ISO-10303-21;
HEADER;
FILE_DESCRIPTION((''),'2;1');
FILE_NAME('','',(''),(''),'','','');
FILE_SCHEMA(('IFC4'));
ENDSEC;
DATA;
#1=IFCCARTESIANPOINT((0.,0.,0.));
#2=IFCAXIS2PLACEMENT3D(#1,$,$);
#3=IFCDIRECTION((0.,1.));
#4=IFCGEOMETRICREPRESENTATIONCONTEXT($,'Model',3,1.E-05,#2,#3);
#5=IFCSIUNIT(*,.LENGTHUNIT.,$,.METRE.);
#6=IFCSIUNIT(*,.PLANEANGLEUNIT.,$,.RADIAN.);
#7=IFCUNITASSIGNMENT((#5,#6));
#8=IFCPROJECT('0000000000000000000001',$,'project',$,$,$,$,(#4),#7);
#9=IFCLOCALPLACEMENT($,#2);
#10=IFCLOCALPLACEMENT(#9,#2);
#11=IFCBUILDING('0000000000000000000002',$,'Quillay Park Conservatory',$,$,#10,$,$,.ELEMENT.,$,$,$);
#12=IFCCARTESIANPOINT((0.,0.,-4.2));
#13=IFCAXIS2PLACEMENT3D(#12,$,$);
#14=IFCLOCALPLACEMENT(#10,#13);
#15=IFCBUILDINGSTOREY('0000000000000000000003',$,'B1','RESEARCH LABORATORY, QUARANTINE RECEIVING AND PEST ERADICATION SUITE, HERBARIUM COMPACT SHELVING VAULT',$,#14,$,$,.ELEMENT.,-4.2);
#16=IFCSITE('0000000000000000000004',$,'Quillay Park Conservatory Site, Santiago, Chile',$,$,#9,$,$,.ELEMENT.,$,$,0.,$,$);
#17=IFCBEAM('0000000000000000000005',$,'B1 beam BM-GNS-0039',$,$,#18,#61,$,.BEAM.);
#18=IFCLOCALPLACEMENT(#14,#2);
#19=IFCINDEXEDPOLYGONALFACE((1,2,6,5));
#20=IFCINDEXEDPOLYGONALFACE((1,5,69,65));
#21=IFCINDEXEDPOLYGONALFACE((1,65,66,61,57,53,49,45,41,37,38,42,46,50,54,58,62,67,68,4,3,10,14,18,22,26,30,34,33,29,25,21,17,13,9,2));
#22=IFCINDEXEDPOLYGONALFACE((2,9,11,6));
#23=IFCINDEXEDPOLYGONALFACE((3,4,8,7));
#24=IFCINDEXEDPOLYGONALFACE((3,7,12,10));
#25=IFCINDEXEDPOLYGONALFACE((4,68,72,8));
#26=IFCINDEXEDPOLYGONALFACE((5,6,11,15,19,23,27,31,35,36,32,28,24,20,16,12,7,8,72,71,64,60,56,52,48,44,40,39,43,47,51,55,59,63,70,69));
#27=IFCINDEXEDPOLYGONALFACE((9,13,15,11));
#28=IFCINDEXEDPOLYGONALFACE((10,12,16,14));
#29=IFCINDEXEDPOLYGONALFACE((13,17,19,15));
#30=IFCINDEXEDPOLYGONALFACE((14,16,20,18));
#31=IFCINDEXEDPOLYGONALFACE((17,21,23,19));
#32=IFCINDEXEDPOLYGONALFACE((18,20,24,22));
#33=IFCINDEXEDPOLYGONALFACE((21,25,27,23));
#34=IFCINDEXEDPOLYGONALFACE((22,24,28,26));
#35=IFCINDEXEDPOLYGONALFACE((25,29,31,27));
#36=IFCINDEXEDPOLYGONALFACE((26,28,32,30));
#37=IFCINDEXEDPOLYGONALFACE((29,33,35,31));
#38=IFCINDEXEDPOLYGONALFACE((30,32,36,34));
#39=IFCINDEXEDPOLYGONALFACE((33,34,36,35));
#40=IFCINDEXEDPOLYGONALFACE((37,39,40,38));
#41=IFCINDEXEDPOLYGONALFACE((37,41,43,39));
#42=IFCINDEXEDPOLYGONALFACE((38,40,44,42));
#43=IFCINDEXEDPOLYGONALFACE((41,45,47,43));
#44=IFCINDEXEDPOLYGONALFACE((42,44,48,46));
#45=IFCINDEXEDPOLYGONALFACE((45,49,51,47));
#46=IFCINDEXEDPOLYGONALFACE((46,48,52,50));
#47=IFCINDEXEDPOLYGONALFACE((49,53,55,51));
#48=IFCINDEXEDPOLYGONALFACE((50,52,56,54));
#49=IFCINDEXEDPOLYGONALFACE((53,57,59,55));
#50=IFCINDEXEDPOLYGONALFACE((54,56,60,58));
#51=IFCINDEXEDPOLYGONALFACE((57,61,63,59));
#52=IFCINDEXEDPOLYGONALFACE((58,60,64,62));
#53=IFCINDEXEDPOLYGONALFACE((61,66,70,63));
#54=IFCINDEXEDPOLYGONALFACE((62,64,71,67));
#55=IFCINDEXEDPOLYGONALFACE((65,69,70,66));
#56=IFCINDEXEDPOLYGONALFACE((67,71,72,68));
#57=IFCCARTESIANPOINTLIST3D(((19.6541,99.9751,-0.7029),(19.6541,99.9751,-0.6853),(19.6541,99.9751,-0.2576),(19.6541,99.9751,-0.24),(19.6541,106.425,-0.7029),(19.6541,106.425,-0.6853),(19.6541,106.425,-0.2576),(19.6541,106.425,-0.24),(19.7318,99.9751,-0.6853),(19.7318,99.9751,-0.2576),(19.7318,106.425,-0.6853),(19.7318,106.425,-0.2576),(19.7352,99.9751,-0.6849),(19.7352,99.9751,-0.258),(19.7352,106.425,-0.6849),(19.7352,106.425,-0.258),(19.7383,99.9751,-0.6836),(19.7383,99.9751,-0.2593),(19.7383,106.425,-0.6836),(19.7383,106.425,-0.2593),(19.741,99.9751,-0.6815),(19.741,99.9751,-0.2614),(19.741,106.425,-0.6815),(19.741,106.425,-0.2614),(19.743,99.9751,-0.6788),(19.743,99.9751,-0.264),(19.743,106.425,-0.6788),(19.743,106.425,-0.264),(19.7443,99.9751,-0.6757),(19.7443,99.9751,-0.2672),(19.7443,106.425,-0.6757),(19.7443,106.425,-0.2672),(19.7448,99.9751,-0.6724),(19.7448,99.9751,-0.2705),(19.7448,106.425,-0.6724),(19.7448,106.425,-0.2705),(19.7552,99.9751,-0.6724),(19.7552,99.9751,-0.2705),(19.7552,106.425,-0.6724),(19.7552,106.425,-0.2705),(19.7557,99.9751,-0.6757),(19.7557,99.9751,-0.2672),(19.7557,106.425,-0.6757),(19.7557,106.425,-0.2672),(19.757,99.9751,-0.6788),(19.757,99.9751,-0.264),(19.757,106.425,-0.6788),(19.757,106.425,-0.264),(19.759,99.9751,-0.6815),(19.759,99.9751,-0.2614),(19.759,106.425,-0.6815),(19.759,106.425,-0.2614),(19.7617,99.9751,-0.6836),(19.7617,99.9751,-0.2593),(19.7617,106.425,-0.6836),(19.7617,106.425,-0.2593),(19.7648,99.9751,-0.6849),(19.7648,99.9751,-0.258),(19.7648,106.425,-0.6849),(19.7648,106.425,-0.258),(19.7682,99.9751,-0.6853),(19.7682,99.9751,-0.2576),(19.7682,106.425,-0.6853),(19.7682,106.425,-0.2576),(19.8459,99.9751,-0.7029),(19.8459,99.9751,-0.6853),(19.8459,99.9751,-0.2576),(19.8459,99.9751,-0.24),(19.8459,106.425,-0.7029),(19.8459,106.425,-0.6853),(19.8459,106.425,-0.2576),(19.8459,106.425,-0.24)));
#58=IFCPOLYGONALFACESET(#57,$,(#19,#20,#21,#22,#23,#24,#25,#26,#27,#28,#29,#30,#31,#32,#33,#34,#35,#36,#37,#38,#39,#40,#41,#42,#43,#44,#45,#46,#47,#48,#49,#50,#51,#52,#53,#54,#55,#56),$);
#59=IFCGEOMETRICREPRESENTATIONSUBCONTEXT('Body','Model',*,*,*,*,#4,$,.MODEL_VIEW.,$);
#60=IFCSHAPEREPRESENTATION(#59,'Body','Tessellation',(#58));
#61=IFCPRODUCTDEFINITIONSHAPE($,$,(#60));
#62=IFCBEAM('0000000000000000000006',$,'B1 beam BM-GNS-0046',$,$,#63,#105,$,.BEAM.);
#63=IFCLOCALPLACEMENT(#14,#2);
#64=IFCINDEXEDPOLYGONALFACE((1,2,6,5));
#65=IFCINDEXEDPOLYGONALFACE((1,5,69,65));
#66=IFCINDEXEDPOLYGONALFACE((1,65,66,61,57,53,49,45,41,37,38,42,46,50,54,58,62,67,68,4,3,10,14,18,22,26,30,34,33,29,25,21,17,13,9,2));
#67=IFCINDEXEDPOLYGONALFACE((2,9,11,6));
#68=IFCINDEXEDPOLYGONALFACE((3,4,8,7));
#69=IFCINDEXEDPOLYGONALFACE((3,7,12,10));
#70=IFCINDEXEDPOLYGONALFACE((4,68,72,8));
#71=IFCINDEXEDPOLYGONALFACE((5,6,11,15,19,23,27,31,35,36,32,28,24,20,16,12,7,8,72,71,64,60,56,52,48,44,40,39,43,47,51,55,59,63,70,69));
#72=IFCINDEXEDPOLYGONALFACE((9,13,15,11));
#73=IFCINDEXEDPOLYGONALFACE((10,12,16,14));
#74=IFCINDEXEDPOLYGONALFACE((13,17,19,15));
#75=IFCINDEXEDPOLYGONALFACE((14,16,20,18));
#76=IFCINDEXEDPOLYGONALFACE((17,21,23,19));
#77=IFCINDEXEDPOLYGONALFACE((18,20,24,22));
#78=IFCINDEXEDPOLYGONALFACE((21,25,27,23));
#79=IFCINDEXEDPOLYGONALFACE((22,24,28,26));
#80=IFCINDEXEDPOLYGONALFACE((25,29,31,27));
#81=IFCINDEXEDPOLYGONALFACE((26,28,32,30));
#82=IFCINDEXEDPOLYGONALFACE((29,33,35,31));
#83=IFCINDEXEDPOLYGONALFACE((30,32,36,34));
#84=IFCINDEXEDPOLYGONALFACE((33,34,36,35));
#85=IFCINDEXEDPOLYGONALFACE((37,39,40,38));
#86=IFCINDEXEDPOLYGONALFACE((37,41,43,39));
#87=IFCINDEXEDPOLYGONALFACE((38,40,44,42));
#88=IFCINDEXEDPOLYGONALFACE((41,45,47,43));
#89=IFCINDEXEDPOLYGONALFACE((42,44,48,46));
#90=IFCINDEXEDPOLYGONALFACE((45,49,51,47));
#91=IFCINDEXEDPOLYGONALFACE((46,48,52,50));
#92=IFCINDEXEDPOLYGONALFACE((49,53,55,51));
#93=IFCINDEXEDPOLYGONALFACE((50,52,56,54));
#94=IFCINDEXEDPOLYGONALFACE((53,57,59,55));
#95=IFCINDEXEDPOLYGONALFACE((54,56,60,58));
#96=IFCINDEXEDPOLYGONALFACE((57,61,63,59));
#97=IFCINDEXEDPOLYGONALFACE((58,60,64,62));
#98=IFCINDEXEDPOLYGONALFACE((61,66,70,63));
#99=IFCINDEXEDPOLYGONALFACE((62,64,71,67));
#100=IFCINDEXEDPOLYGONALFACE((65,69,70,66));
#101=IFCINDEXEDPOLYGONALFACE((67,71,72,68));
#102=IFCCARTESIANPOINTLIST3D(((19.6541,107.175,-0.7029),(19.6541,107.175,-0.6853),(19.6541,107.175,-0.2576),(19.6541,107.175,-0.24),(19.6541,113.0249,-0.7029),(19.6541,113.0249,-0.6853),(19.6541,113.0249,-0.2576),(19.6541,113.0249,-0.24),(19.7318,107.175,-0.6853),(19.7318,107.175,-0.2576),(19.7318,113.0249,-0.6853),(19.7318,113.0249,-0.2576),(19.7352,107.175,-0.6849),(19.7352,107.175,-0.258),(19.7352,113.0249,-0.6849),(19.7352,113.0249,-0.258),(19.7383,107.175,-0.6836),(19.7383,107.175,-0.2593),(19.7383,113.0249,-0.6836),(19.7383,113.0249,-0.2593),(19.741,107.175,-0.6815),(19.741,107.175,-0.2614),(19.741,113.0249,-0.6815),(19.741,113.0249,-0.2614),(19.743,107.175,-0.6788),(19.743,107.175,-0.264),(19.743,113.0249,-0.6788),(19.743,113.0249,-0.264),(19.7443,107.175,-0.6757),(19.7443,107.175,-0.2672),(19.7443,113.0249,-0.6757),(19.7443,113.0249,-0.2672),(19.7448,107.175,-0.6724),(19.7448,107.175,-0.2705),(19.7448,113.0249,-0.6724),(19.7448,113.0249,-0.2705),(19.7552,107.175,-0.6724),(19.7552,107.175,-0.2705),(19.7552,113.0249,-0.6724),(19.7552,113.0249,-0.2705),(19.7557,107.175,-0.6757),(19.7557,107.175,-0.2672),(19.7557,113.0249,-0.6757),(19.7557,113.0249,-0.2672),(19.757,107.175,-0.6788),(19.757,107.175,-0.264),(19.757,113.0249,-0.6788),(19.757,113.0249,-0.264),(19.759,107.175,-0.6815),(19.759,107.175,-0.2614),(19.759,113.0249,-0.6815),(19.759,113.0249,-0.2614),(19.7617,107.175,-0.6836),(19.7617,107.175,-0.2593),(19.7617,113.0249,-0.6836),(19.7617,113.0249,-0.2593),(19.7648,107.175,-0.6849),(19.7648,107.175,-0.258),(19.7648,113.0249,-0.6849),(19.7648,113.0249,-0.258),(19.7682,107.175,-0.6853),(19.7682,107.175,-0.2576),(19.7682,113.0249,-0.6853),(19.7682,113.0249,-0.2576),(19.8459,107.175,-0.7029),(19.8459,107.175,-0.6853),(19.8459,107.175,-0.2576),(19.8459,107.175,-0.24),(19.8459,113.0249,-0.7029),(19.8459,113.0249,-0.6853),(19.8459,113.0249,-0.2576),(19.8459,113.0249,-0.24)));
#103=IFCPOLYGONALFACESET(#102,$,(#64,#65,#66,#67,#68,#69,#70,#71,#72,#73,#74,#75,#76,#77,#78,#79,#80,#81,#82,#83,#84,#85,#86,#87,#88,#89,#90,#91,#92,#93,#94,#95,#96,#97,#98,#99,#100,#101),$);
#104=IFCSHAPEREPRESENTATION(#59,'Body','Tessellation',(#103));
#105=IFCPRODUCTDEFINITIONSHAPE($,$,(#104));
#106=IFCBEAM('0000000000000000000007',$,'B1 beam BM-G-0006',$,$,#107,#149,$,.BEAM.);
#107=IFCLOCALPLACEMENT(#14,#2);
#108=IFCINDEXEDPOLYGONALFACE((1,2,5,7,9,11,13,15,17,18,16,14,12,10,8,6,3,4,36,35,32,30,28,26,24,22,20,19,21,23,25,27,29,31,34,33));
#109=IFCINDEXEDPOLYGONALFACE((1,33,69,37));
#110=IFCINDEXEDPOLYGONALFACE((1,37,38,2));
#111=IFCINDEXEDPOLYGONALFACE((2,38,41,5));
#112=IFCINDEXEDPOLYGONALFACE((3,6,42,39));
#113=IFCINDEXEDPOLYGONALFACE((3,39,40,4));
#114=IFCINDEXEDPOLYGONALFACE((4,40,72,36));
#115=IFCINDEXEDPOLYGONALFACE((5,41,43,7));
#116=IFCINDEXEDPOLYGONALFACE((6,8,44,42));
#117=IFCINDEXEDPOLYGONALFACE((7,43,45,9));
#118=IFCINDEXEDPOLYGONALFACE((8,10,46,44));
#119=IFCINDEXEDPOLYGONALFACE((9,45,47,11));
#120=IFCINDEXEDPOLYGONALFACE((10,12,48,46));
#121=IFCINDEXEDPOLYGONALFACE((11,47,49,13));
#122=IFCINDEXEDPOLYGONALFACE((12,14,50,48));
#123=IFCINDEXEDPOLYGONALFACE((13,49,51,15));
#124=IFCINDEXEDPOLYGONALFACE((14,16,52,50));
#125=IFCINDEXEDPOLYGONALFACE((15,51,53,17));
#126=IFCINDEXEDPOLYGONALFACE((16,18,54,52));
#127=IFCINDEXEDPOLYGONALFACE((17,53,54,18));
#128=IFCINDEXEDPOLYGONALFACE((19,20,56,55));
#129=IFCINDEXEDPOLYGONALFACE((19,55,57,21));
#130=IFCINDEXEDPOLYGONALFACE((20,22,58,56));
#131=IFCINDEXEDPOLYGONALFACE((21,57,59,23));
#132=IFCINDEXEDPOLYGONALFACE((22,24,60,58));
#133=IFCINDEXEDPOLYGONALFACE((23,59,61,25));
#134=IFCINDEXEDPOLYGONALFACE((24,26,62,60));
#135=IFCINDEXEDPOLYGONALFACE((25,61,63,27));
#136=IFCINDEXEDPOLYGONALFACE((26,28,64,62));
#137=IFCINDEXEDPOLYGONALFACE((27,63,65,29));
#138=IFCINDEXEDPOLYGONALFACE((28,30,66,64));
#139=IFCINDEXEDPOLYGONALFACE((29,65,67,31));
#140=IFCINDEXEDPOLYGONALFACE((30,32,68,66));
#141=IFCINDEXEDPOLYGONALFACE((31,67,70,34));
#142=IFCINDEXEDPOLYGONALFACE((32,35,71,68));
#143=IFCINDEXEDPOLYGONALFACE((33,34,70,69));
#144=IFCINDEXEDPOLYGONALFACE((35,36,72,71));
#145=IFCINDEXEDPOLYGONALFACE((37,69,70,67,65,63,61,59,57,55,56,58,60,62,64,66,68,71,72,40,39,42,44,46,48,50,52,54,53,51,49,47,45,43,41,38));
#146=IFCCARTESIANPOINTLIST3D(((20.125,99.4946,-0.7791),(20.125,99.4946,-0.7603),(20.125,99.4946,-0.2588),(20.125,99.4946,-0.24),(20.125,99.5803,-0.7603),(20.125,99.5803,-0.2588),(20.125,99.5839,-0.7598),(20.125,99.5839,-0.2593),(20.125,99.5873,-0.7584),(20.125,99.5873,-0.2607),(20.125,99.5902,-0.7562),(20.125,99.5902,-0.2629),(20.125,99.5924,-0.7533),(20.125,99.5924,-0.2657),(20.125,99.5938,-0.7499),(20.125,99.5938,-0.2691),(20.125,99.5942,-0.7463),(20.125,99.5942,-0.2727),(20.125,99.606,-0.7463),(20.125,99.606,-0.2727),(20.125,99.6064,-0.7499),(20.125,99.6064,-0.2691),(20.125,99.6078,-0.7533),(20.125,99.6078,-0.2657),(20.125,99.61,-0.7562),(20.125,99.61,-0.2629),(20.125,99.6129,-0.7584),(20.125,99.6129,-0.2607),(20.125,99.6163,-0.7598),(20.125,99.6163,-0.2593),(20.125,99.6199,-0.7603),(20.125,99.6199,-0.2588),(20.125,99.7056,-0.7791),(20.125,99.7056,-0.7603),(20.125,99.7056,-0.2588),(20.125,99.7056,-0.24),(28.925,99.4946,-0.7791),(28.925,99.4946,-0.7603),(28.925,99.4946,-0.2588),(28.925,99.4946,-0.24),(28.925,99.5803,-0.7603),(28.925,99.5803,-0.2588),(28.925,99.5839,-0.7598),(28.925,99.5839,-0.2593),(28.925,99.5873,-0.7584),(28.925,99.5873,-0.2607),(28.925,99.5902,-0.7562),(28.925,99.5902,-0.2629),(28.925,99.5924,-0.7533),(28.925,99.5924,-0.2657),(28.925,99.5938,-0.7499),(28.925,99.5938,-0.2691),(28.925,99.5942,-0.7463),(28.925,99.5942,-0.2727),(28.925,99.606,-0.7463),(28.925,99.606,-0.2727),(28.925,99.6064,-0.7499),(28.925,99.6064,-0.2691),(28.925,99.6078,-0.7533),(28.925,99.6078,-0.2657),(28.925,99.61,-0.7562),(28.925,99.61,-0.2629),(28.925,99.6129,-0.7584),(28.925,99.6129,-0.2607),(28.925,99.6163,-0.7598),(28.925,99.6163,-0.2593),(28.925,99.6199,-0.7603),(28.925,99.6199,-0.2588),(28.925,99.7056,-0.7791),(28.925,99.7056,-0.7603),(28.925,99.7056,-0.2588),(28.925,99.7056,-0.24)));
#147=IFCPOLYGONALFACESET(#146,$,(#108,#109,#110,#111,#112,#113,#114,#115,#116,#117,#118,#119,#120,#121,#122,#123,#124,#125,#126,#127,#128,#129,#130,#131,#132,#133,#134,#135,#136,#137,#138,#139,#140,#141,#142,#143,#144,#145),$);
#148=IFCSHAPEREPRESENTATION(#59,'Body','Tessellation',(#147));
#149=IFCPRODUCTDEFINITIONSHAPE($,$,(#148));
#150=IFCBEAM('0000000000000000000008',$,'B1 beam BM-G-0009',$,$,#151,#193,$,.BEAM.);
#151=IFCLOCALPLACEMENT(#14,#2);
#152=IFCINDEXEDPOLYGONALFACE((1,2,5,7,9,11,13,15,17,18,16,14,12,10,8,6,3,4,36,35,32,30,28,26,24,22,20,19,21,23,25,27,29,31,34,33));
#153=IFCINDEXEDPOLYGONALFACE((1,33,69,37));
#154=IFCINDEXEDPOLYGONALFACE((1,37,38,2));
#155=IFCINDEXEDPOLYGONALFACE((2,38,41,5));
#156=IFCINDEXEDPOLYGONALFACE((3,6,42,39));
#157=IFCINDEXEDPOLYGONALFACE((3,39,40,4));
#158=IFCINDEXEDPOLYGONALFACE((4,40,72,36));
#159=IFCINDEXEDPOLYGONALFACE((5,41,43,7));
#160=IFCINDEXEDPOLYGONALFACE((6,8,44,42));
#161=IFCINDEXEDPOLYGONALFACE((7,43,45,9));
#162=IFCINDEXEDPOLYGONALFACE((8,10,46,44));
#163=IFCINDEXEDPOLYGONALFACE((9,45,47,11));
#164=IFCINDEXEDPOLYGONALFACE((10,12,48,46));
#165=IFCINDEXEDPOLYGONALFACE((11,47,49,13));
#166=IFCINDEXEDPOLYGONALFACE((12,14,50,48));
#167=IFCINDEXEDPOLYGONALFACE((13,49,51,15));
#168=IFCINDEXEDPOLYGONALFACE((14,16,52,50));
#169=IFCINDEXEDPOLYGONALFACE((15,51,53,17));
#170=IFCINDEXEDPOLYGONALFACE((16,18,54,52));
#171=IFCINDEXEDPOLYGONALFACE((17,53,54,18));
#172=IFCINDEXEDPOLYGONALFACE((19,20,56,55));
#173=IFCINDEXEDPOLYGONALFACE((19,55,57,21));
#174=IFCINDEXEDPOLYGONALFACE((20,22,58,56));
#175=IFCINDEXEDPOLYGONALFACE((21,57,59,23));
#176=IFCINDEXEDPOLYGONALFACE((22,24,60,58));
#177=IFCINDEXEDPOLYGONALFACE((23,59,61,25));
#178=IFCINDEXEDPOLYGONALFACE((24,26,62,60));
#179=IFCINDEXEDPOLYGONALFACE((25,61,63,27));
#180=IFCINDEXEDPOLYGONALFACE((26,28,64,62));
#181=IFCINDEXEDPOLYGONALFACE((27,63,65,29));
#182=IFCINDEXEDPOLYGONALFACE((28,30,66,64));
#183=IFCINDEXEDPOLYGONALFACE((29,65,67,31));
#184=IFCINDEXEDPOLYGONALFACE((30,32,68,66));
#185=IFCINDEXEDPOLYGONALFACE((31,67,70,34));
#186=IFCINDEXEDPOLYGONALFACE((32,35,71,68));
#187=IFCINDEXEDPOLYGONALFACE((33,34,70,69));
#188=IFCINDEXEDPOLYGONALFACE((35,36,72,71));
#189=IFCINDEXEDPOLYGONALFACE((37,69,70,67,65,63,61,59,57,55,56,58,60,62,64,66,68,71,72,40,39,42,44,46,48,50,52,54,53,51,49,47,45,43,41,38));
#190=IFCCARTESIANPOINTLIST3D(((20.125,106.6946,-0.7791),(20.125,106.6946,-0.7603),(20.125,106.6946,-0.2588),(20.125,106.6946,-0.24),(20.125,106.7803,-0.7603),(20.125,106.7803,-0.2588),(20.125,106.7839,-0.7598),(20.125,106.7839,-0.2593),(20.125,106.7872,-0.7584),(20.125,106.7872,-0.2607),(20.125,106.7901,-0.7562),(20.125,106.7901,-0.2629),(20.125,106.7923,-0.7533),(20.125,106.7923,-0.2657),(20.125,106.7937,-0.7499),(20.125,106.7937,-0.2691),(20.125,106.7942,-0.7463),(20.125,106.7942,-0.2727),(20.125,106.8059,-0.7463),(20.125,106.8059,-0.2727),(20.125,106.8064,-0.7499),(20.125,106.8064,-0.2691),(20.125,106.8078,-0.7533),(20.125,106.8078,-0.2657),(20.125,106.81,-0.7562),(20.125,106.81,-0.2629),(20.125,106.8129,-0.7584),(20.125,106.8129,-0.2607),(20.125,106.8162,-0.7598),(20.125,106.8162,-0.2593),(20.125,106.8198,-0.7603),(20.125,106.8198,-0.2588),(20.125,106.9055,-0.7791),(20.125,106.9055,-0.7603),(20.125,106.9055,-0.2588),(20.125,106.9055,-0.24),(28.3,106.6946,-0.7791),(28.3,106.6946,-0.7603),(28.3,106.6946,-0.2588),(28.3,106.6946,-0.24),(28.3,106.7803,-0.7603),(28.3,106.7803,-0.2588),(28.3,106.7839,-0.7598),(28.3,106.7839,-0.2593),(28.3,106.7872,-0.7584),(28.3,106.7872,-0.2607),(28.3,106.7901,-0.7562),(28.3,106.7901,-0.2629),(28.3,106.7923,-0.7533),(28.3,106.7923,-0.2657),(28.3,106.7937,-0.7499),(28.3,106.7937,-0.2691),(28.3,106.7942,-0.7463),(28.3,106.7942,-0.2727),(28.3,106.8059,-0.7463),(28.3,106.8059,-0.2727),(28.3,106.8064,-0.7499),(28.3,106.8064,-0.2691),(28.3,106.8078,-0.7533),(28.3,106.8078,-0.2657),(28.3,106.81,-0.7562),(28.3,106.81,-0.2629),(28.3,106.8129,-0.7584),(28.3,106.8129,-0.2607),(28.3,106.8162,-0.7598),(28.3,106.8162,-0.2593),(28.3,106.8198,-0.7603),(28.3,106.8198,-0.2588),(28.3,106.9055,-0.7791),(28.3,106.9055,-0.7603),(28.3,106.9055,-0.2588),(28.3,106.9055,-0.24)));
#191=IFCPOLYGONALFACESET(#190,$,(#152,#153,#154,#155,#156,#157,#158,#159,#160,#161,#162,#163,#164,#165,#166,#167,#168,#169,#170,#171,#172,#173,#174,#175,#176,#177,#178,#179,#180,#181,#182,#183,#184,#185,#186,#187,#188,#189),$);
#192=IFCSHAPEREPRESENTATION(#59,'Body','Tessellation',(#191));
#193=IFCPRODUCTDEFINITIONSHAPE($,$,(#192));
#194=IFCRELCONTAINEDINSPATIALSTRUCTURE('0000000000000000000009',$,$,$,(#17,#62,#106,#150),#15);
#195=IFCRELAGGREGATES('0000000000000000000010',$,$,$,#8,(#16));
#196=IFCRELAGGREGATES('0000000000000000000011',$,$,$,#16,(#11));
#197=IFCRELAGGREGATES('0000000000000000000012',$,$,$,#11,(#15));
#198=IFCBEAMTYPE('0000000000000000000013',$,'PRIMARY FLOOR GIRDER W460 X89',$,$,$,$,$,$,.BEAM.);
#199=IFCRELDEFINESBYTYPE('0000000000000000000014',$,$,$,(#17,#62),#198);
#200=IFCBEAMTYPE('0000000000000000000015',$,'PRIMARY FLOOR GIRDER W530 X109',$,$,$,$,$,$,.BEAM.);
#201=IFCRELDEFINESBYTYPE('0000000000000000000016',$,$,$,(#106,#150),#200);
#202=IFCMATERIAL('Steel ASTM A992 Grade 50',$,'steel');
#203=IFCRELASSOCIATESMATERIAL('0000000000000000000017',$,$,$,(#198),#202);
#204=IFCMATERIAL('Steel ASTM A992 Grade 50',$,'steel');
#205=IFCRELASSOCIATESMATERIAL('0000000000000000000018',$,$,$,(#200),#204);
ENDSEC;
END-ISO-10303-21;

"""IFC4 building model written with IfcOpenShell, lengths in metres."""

from ifc_helpers import new_model, si_unit, direction, frame, origin, origin_2d, place, context, subcontext, project, spatial, i_section, extrude, material, material_profile, profile_set, type_object, element, save


model = new_model("IFC4")

# Units and contexts
model_context = context("Model", 3, precision=1e-05, world=origin(), true_north=direction((0.0, 1.0)))
body_context = subcontext(model_context, "Body", "Model", "MODEL_VIEW")
ifc_project = project(units=[si_unit("LENGTHUNIT", "METRE"), si_unit("PLANEANGLEUNIT", "RADIAN")], contexts=[model_context])

# Site, building, storey
site_placement = place(None, origin())
site = spatial("IfcSite", under=ifc_project, at=site_placement, Name="Quillay Park Conservatory Site, Santiago, Chile", CompositionType="ELEMENT", RefElevation=0.0)
building_placement = place(site_placement, origin())
building = spatial("IfcBuilding", under=site, at=building_placement, Name="Quillay Park Conservatory", CompositionType="ELEMENT")
storey_placement = place(building_placement, frame((0.0, 0.0, -4.2)))
storey = spatial("IfcBuildingStorey", under=building, at=storey_placement, Name="B1", Description="RESEARCH LABORATORY, QUARANTINE RECEIVING AND PEST ERADICATION SUITE, HERBARIUM COMPACT SHELVING VAULT", CompositionType="ELEMENT", Elevation=-4.2)

# Beams
ifc_material_1 = material(Name="Steel ASTM A992 Grade 50", Category="steel")
ifc_material_profile_1 = material_profile(ifc_material_1, i_section(OverallWidth=0.1919, OverallDepth=0.4629, WebThickness=0.0105, FlangeThickness=0.0176, FilletRadius=0.0129, at=origin_2d()), Name="W460x89")
ifc_profile_set_1 = profile_set([ifc_material_profile_1], Name="Steel ASTM A992 Grade 50")
beam_type_1 = type_object("IfcBeamType", Name="PRIMARY FLOOR GIRDER W460 X89", PredefinedType="BEAM", material=ifc_profile_set_1)
beam_1_placement = place(storey_placement, frame((19.75, 99.9751, -0.4714), z_axis=(0.0, 1.0, 0.0), x_axis=(-1.0, 0.0, 0.0)))
element("IfcBeam", 1, at=beam_1_placement, inside=storey, type_object=beam_type_1, Name="B1 beam BM-GNS-0039", PredefinedType="BEAM", context=body_context, shape_type="SweptSolid", body=[
    extrude(i_section(OverallWidth=0.1919, OverallDepth=0.4629, WebThickness=0.0105, FlangeThickness=0.0176, FilletRadius=0.0129, at=origin_2d()), origin(), (0.0, 0.0, 1.0), 6.45),
])
beam_2_placement = place(storey_placement, frame((19.75, 107.175, -0.4714), z_axis=(0.0, 1.0, 0.0), x_axis=(-1.0, 0.0, 0.0)))
element("IfcBeam", 2, at=beam_2_placement, inside=storey, type_object=beam_type_1, Name="B1 beam BM-GNS-0046", PredefinedType="BEAM", context=body_context, shape_type="SweptSolid", body=[
    extrude(i_section(OverallWidth=0.1919, OverallDepth=0.4629, WebThickness=0.0105, FlangeThickness=0.0176, FilletRadius=0.0129, at=origin_2d()), origin(), (0.0, 0.0, 1.0), 5.8499),
])
ifc_material_2 = material(Name="Steel ASTM A992 Grade 50", Category="steel")
ifc_material_profile_2 = material_profile(ifc_material_2, i_section(OverallWidth=0.2109, OverallDepth=0.5391, WebThickness=0.0117, FlangeThickness=0.0188, FilletRadius=0.0139, at=origin_2d()), Name="W530x109")
ifc_profile_set_2 = profile_set([ifc_material_profile_2], Name="Steel ASTM A992 Grade 50")
beam_type_2 = type_object("IfcBeamType", Name="PRIMARY FLOOR GIRDER W530 X109", PredefinedType="BEAM", material=ifc_profile_set_2)
beam_3_placement = place(storey_placement, frame((20.125, 99.6001, -0.5095), z_axis=(1.0, 0.0, 0.0), x_axis=(0.0, 1.0, 0.0)))
element("IfcBeam", 3, at=beam_3_placement, inside=storey, type_object=beam_type_2, Name="B1 beam BM-G-0006", PredefinedType="BEAM", context=body_context, shape_type="SweptSolid", body=[
    extrude(i_section(OverallWidth=0.2109, OverallDepth=0.5391, WebThickness=0.0117, FlangeThickness=0.0188, FilletRadius=0.0139, at=origin_2d()), origin(), (0.0, 0.0, 1.0), 8.8),
])
beam_4_placement = place(storey_placement, frame((20.125, 106.8, -0.5095), z_axis=(1.0, 0.0, 0.0), x_axis=(0.0, 1.0, 0.0)))
element("IfcBeam", 4, at=beam_4_placement, inside=storey, type_object=beam_type_2, Name="B1 beam BM-G-0009", PredefinedType="BEAM", context=body_context, shape_type="SweptSolid", body=[
    extrude(i_section(OverallWidth=0.2109, OverallDepth=0.5391, WebThickness=0.0117, FlangeThickness=0.0188, FilletRadius=0.0139, at=origin_2d()), origin(), (0.0, 0.0, 1.0), 8.175),
])

save(model, "model.ifc")
